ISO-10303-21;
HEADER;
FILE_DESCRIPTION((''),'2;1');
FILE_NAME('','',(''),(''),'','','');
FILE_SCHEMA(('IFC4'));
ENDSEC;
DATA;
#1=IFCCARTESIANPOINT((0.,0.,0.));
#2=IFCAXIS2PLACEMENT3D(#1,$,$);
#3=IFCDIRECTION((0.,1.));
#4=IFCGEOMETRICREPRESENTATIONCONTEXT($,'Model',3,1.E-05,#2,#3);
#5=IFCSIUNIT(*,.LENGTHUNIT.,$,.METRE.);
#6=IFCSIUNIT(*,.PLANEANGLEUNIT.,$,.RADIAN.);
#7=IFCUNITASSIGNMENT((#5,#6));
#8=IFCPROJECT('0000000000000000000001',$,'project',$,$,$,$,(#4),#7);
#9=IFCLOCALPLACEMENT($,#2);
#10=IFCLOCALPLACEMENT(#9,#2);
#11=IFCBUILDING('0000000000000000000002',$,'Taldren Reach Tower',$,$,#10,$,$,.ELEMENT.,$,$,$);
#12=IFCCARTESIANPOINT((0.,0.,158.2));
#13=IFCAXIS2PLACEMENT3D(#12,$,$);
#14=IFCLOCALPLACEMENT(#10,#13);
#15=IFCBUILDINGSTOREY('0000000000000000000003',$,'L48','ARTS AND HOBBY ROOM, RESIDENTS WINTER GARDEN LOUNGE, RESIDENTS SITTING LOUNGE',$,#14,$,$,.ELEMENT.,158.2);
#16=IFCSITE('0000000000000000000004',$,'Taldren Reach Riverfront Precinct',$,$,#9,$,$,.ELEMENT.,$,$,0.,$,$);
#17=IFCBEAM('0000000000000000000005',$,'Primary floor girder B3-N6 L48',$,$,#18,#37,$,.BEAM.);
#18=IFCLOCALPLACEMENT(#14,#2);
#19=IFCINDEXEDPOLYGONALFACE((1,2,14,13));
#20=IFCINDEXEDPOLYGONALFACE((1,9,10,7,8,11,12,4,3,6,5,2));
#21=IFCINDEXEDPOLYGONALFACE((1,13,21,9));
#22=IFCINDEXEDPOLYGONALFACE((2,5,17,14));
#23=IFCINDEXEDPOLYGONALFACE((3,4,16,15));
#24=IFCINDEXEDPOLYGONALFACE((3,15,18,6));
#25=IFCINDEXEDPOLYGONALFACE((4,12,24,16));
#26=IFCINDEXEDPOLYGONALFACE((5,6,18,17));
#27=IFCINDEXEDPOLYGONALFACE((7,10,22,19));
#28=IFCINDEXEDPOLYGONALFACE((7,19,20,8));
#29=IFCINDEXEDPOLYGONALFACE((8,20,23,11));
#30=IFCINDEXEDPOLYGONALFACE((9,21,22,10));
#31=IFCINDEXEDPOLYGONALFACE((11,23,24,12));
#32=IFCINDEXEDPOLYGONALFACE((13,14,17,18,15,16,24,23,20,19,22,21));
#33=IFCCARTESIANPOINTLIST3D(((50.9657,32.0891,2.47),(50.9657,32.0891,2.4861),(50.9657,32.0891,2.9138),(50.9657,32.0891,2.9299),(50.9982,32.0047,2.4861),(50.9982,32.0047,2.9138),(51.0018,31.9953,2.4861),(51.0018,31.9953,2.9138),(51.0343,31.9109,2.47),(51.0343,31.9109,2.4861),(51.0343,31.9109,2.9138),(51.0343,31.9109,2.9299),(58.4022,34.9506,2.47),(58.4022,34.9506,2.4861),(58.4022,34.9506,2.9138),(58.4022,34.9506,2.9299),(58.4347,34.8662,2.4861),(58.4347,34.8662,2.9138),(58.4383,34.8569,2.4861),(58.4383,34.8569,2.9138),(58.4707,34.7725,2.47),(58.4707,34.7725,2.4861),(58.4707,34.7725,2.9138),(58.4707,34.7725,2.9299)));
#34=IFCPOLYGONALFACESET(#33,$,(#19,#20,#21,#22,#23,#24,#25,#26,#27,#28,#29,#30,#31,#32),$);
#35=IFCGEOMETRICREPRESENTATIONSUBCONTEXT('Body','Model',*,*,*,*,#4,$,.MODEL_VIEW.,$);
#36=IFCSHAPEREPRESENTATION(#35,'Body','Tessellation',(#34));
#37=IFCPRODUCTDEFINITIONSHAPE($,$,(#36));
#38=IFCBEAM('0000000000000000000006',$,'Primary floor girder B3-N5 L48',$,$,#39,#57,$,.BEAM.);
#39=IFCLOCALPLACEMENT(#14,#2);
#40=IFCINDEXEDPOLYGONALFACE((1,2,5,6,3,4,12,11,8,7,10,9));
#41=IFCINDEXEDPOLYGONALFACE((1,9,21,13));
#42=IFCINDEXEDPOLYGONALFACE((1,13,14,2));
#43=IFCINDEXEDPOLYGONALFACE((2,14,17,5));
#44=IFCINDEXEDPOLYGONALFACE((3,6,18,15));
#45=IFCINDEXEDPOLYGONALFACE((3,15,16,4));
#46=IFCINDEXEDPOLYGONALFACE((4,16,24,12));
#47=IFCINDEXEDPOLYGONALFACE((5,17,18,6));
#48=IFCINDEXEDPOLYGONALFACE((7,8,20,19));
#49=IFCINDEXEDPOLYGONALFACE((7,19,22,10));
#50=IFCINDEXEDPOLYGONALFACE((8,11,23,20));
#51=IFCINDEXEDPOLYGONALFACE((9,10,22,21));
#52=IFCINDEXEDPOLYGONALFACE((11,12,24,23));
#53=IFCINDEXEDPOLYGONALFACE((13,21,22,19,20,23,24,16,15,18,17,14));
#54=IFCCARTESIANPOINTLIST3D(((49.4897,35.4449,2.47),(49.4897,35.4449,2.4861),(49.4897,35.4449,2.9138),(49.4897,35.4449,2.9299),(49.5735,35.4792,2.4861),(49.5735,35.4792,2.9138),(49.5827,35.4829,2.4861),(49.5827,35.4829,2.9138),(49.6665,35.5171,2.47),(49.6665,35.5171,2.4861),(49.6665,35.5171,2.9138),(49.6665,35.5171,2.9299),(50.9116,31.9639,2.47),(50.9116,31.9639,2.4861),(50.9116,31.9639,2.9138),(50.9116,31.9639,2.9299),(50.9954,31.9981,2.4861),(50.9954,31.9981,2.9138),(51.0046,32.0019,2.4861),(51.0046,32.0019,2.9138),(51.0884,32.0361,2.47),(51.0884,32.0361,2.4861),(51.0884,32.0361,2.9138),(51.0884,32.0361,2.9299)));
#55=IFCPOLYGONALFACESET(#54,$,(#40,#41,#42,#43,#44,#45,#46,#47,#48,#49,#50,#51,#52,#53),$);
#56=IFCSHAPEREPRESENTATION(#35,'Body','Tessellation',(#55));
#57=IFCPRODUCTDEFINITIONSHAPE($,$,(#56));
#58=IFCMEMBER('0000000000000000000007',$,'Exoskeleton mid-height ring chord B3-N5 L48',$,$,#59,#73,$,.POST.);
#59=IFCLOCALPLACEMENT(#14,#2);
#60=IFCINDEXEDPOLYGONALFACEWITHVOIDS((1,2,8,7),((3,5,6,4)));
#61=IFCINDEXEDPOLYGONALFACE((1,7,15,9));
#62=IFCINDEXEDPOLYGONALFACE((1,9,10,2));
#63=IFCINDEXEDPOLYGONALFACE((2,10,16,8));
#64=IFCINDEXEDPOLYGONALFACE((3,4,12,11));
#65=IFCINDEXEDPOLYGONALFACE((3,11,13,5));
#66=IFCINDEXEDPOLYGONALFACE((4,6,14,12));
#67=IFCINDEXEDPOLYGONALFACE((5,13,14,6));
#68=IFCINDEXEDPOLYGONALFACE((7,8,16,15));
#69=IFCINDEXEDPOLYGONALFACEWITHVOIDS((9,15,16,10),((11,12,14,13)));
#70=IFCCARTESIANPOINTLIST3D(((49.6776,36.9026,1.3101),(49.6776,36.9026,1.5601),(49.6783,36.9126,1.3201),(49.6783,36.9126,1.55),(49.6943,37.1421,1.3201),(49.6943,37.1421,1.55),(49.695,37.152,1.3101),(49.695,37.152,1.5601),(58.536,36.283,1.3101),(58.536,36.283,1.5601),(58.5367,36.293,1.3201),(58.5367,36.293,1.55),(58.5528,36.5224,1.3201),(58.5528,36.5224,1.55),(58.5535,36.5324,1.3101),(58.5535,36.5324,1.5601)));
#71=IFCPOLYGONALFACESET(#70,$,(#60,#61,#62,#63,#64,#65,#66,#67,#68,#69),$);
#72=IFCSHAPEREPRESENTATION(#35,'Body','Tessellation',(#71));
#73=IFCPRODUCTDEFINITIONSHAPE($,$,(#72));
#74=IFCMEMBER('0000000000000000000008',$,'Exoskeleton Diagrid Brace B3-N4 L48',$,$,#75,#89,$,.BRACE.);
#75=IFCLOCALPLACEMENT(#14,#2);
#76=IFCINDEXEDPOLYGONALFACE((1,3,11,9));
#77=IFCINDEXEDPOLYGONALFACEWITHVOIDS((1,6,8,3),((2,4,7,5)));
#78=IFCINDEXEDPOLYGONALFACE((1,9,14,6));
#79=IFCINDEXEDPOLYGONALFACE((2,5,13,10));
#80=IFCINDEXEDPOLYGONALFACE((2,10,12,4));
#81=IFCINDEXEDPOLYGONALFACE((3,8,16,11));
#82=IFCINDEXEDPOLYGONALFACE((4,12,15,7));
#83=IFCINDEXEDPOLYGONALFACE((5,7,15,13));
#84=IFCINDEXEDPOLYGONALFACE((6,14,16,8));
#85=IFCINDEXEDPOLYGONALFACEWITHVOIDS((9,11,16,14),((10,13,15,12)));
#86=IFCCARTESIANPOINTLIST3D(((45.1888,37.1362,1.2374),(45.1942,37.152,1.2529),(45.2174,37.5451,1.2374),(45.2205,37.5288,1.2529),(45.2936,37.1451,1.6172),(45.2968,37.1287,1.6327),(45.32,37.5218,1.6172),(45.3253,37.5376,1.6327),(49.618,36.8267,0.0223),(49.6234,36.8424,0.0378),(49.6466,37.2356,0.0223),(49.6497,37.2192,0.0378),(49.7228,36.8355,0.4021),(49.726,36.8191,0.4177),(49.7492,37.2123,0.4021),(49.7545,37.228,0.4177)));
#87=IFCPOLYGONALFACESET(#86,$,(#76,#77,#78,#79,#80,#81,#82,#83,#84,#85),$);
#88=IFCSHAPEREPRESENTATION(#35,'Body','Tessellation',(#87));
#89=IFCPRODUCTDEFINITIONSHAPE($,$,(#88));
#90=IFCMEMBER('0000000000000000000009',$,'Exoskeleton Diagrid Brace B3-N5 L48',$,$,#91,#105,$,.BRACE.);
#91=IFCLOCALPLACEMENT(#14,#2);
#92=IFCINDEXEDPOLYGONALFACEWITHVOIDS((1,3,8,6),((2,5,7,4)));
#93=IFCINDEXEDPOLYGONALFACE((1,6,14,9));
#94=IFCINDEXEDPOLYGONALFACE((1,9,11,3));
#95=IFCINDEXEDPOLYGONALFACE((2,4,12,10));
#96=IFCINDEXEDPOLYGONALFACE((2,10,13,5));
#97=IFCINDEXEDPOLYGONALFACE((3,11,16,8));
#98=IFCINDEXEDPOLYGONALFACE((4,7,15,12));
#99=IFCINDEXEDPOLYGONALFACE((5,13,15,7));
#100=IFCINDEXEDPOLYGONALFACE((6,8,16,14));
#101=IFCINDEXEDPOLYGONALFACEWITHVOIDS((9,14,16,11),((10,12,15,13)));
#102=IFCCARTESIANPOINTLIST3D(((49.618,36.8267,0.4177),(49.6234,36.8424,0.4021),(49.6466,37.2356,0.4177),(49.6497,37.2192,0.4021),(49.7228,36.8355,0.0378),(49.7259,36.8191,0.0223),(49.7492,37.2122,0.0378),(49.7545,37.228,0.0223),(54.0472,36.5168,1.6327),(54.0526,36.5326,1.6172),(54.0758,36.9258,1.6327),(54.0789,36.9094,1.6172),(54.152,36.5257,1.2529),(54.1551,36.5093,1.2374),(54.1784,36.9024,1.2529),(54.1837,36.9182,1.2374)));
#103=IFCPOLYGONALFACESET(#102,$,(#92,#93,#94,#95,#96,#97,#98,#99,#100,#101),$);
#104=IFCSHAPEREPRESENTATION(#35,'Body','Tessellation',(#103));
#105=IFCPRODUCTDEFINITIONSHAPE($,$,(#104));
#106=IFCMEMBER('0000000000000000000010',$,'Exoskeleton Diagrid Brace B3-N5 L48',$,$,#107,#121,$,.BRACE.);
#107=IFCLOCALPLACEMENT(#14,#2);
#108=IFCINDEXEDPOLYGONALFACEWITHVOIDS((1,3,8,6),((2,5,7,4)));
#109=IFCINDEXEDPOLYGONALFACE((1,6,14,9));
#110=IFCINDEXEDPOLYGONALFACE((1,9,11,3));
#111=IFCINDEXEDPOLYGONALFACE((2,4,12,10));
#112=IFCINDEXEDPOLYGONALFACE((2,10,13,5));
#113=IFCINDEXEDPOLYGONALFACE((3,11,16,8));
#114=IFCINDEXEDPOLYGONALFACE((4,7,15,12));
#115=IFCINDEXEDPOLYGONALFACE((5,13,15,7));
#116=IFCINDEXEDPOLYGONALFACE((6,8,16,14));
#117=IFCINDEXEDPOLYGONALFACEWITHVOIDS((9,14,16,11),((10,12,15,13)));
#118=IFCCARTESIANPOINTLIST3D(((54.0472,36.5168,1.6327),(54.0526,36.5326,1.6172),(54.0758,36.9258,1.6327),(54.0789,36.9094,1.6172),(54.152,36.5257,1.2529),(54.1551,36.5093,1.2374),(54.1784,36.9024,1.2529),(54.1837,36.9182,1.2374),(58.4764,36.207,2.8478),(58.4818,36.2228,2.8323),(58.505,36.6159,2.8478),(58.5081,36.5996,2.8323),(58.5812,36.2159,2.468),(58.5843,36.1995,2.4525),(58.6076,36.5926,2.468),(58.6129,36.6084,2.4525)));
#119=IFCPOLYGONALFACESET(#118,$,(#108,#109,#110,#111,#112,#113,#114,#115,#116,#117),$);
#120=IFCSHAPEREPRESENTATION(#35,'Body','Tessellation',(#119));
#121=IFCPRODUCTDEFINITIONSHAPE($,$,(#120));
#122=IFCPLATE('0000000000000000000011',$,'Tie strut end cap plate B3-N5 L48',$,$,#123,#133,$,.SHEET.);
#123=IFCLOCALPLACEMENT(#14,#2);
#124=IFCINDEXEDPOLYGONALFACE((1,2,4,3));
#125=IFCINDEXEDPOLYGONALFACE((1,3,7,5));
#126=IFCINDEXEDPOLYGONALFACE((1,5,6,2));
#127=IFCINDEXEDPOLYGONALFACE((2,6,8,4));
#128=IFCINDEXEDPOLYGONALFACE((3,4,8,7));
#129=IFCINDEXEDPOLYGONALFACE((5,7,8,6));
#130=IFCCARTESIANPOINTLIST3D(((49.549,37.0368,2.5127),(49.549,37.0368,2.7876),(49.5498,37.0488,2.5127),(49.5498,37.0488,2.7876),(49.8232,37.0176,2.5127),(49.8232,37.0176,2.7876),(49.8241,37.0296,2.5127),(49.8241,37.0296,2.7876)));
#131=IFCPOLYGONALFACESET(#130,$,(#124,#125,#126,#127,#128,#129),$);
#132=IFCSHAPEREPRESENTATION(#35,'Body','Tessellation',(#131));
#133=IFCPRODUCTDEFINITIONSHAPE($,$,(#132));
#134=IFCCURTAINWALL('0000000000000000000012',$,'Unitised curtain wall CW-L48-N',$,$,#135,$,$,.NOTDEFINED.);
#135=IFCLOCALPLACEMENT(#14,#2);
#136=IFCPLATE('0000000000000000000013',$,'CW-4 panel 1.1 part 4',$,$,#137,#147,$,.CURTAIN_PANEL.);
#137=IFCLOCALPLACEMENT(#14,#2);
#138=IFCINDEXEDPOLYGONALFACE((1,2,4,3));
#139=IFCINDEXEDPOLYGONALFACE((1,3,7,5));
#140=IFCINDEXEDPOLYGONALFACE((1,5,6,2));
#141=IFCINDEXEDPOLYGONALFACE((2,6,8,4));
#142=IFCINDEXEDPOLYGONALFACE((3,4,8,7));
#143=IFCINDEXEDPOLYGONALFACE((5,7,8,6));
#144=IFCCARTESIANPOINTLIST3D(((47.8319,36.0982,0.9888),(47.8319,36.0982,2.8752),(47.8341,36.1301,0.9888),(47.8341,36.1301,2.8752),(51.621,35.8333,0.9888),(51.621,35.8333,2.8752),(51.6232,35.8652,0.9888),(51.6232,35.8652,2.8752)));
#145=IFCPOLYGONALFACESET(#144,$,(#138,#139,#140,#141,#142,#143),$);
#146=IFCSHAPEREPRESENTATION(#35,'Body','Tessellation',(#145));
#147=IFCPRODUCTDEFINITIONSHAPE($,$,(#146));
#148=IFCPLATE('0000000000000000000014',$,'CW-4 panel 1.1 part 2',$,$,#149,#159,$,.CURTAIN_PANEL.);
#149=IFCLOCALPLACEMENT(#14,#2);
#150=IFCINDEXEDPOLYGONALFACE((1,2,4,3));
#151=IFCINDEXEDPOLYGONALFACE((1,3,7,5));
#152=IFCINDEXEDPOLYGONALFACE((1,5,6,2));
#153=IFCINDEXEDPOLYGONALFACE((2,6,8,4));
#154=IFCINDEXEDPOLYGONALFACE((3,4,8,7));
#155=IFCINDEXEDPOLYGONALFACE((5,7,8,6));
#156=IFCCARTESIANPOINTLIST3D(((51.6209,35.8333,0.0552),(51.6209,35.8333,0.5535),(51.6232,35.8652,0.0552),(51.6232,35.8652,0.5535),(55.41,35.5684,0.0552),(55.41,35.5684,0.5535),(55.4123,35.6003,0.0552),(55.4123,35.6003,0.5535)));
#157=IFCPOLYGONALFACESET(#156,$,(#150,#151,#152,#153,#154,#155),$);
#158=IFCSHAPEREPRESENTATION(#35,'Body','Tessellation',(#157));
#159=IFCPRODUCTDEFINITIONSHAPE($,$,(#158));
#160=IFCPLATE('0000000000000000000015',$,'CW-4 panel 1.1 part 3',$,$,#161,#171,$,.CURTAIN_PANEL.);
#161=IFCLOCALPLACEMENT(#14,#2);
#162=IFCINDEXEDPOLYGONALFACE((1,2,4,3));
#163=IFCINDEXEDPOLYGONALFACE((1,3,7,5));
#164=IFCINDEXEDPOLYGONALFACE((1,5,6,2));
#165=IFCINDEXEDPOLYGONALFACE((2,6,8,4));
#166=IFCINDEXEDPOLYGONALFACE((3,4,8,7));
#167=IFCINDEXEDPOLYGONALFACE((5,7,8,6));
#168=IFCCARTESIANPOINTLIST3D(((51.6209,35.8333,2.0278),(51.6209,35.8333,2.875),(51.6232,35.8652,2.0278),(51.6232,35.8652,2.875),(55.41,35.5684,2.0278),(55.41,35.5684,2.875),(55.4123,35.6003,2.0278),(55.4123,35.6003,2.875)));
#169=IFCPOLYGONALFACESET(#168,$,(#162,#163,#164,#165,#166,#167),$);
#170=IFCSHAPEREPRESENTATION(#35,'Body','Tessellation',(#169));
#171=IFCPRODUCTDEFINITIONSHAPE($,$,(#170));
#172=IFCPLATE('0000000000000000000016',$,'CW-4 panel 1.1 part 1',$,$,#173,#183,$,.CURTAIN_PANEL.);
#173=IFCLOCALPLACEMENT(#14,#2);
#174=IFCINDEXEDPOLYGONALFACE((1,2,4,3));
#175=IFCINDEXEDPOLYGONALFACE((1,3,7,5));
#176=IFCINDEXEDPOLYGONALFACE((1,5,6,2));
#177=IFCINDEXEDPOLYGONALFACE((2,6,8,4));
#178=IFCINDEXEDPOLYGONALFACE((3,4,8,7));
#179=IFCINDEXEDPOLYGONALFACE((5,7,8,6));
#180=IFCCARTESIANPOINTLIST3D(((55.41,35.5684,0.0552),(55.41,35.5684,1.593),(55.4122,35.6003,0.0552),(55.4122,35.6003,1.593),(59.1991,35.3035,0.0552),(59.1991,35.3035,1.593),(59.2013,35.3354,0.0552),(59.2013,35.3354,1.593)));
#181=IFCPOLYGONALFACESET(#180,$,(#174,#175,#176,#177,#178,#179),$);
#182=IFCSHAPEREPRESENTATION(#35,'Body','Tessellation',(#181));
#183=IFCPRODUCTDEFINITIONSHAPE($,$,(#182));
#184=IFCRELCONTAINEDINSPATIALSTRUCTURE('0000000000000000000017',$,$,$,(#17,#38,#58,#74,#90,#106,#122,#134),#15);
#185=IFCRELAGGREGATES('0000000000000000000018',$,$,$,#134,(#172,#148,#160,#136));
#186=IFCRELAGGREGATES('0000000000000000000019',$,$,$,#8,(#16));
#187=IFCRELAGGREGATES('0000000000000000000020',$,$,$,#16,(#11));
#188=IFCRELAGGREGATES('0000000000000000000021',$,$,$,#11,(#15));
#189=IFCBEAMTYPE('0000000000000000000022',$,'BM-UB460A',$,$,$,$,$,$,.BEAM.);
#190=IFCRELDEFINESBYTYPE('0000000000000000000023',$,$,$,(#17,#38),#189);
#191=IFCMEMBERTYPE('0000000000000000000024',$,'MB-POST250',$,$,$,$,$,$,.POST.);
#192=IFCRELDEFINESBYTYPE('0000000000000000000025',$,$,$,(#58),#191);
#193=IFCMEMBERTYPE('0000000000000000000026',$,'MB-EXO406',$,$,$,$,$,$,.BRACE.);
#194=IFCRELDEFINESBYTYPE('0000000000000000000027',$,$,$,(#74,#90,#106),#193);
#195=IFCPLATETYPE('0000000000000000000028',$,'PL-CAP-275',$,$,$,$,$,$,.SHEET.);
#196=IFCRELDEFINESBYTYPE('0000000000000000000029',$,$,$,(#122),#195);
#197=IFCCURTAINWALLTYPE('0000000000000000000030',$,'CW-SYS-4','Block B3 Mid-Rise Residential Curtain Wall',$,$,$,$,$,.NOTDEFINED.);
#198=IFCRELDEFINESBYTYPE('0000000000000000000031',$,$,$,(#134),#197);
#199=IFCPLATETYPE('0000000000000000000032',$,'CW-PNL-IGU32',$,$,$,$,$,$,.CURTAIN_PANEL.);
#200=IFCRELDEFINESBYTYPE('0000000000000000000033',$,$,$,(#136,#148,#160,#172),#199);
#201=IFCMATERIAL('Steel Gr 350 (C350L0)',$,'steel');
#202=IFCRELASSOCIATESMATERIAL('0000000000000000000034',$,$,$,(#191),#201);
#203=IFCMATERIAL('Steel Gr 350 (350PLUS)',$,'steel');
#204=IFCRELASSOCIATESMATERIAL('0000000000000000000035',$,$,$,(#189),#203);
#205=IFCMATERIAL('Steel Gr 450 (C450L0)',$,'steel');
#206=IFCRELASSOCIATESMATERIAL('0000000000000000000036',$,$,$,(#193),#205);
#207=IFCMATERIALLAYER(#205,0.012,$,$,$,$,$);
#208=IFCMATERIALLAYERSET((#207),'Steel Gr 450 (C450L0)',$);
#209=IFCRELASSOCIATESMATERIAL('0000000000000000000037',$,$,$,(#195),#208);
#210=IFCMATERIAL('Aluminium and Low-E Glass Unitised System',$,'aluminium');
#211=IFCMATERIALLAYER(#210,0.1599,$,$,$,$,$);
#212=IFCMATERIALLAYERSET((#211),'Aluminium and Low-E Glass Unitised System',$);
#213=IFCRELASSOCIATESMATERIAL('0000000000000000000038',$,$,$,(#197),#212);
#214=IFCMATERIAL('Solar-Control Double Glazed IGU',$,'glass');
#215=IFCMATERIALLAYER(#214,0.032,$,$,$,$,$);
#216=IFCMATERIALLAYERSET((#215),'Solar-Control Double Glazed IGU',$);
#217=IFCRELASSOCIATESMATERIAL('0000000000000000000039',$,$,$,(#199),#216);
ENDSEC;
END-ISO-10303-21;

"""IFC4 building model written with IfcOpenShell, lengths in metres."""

from ifc_helpers import new_model, si_unit, direction, frame, origin, origin_2d, place, context, subcontext, project, spatial, rectangle, hollow_rectangle, i_section, extrude, source, transform, mapped, material, layer, layer_set, material_profile, profile_set, type_object, element, aggregate, save


model = new_model("IFC4")

# Units and contexts
model_context = context("Model", 3, precision=1e-05, world=origin(), true_north=direction((0.0, 1.0)))
body_context = subcontext(model_context, "Body", "Model", "MODEL_VIEW")
ifc_project = project(units=[si_unit("LENGTHUNIT", "METRE"), si_unit("PLANEANGLEUNIT", "RADIAN")], contexts=[model_context])

# Site, building, storey
site_placement = place(None, origin())
site = spatial("IfcSite", under=ifc_project, at=site_placement, Name="Taldren Reach Riverfront Precinct", CompositionType="ELEMENT", RefElevation=0.0)
building_placement = place(site_placement, origin())
building = spatial("IfcBuilding", under=site, at=building_placement, Name="Taldren Reach Tower", CompositionType="ELEMENT")
storey_placement = place(building_placement, frame((0.0, 0.0, 158.2)))
storey = spatial("IfcBuildingStorey", under=building, at=storey_placement, Name="L48", Description="ARTS AND HOBBY ROOM, RESIDENTS WINTER GARDEN LOUNGE, RESIDENTS SITTING LOUNGE", CompositionType="ELEMENT", Elevation=158.2)

# Shared definitions
ifc_material_1 = material(Name="Steel Gr 450 (C450L0)", Category="steel")
ifc_material_2 = material(Name="Steel Gr 350 (350PLUS)", Category="steel")

# Shared definitions
ifc_material_3 = material(Name="Steel Gr 350 (C350L0)", Category="steel")
ifc_material_profile_1 = material_profile(ifc_material_3, hollow_rectangle(XDim=0.25, YDim=0.25, WallThickness=0.01, at=origin_2d()), Name="250x250x10.0SHS")
ifc_profile_set_1 = profile_set([ifc_material_profile_1], Name="Steel Gr 350 (C350L0)")
member_type_1 = type_object("IfcMemberType", Name="MB-POST250", PredefinedType="POST", material=ifc_profile_set_1)

# Beams
ifc_material_profile_2 = material_profile(ifc_material_2, i_section(OverallWidth=0.1909, OverallDepth=0.46, WebThickness=0.01, FlangeThickness=0.0161, at=origin_2d()), Name="460UB82.1")
ifc_profile_set_2 = profile_set([ifc_material_profile_2], Name="Steel Gr 350 (350PLUS)")
beam_type_1 = type_object("IfcBeamType", Name="BM-UB460A", PredefinedType="BEAM", material=ifc_profile_set_2)
shared_shape_1 = source(origin(), body_context, "Body", "SweptSolid", [
    extrude(i_section(OverallWidth=0.1909, OverallDepth=0.46, WebThickness=0.01, FlangeThickness=0.0161, at=origin_2d()), origin(), (0.0, 0.0, 1.0), 7.968),
])
beam_1_placement = place(storey_placement, frame((51.0, 32.0, 2.7), z_axis=(0.933288, 0.359129, 0.0), x_axis=(-0.359129, 0.933288, 0.0)))
element("IfcBeam", 1, at=beam_1_placement, inside=storey, type_object=beam_type_1, Name="Primary floor girder B3-N6 L48", PredefinedType="BEAM", context=body_context, shape_type="MappedRepresentation", body=[
    mapped(shared_shape_1, transform((0.0, 0.0, 0.0), scale=1.0)),
])
shared_shape_2 = source(origin(), body_context, "Body", "SweptSolid", [
    extrude(i_section(OverallWidth=0.1909, OverallDepth=0.46, WebThickness=0.01, FlangeThickness=0.0161, at=origin_2d()), origin(), (0.0, 0.0, 1.0), 3.7603),
])
beam_2_placement = place(storey_placement, frame((51.0, 32.0, 2.7), z_axis=(-0.378142, 0.925747, 0.0), x_axis=(-0.925747, -0.378142, 0.0)))
element("IfcBeam", 2, at=beam_2_placement, inside=storey, type_object=beam_type_1, Name="Primary floor girder B3-N5 L48", PredefinedType="BEAM", context=body_context, shape_type="MappedRepresentation", body=[
    mapped(shared_shape_2, transform((0.0, 0.0, 0.0), scale=1.0)),
])

# Members
shared_shape_3 = source(origin(), body_context, "Body", "SweptSolid", [
    extrude(hollow_rectangle(XDim=0.25, YDim=0.25, WallThickness=0.01, at=origin_2d()), origin(), (0.0, 0.0, 1.0), 8.8801),
])
member_1_placement = place(storey_placement, frame((49.6863, 37.0273, 1.4351), z_axis=(0.997563, -0.069778, 0.0), x_axis=(0.069778, 0.997563, 0.0)))
element("IfcMember", 3, at=member_1_placement, inside=storey, type_object=member_type_1, Name="Exoskeleton mid-height ring chord B3-N5 L48", PredefinedType="POST", context=body_context, shape_type="MappedRepresentation", body=[
    mapped(shared_shape_3, transform((0.0, 0.0, 0.0), scale=1.0)),
])
ifc_material_profile_3 = material_profile(ifc_material_1, hollow_rectangle(XDim=0.4099, YDim=0.4099, WallThickness=0.0161, at=origin_2d()), Name="410x410x16.0SHS")
ifc_profile_set_3 = profile_set([ifc_material_profile_3], Name="Steel Gr 450 (C450L0)")
member_type_2 = type_object("IfcMemberType", Name="MB-EXO406", PredefinedType="BRACE", material=ifc_profile_set_3)
shared_shape_4 = source(origin(), body_context, "Body", "SweptSolid", [
    extrude(hollow_rectangle(XDim=0.4099, YDim=0.4099, WallThickness=0.0161, at=origin_2d()), origin(), (0.0, 0.0, 1.0), 4.6033),
])
for number, where, z_axis, x_axis, name in (
    (4, (49.6863, 37.0273, 0.22), (-0.962186, 0.06725, 0.263962), (-0.069723, -0.997566, 0.0), "Exoskeleton Diagrid Brace B3-N4 L48"),
    (5, (49.6863, 37.0273, 0.22), (0.962182, -0.067303, 0.263961), (0.069778, 0.997563, 0.0), "Exoskeleton Diagrid Brace B3-N5 L48"),
    (6, (54.1155, 36.7175, 1.4351), (0.962182, -0.067303, 0.263961), (0.069778, 0.997563, 0.0), "Exoskeleton Diagrid Brace B3-N5 L48"),
):
    element("IfcMember", number, at=place(storey_placement, frame(where, z_axis=z_axis, x_axis=x_axis)), inside=storey, type_object=member_type_2, Name=name, PredefinedType="BRACE", context=body_context, shape_type="MappedRepresentation", body=[
        mapped(shared_shape_4, transform((0.0, 0.0, 0.0), scale=1.0)),
    ])

# Plate
ifc_layer_1 = layer(ifc_material_1, 0.012)
ifc_layer_set_1 = layer_set([ifc_layer_1], Name="Steel Gr 450 (C450L0)")
plate_type_1 = type_object("IfcPlateType", Name="PL-CAP-275", PredefinedType="SHEET", material=ifc_layer_set_1)
shared_shape_5 = source(origin(), body_context, "Body", "SweptSolid", [
    extrude(rectangle(XDim=0.2749, YDim=0.012, at=origin_2d()), origin(), (0.0, 0.0, 1.0), 0.2749),
])
plate_1_placement = place(storey_placement, frame((49.6865, 37.0332, 2.5127), z_axis=(0.0, 0.0, 1.0), x_axis=(0.997564, -0.069756, 0.0)))
element("IfcPlate", 7, at=plate_1_placement, inside=storey, type_object=plate_type_1, Name="Tie strut end cap plate B3-N5 L48", PredefinedType="SHEET", context=body_context, shape_type="MappedRepresentation", body=[
    mapped(shared_shape_5, transform((0.0, 0.0, 0.0), scale=1.0)),
])

# Curtain wall, plates
ifc_material_4 = material(Name="Aluminium and Low-E Glass Unitised System", Category="aluminium")
ifc_layer_2 = layer(ifc_material_4, 0.1599)
ifc_layer_set_2 = layer_set([ifc_layer_2], Name="Aluminium and Low-E Glass Unitised System")
curtain_wall_type = type_object("IfcCurtainWallType", Name="CW-SYS-4", Description="Block B3 Mid-Rise Residential Curtain Wall", PredefinedType="NOTDEFINED", material=ifc_layer_set_2)
curtain_wall_placement = place(storey_placement, origin())
curtain_wall = element("IfcCurtainWall", 8, at=curtain_wall_placement, inside=storey, type_object=curtain_wall_type, Name="Unitised curtain wall CW-L48-N", PredefinedType="NOTDEFINED")
ifc_material_5 = material(Name="Solar-Control Double Glazed IGU", Category="glass")
ifc_layer_3 = layer(ifc_material_5, 0.032)
ifc_layer_set_3 = layer_set([ifc_layer_3], Name="Solar-Control Double Glazed IGU")
plate_type_2 = type_object("IfcPlateType", Name="CW-PNL-IGU32", PredefinedType="CURTAIN_PANEL", material=ifc_layer_set_3)
shared_shape_6 = source(origin(), body_context, "Body", "SweptSolid", [
    extrude(rectangle(XDim=3.7983, YDim=0.032, at=origin_2d()), origin(), (0.0, 0.0, 1.0), 1.8865),
])
plate_2_placement = place(storey_placement, frame((49.7275, 35.9817, 0.9888), z_axis=(0.0, 0.0, 1.0), x_axis=(-0.997564, 0.069757, 0.0)))
plate_2 = element("IfcPlate", 9, at=plate_2_placement, type_object=plate_type_2, Name="CW-4 panel 1.1 part 4", PredefinedType="CURTAIN_PANEL", context=body_context, shape_type="MappedRepresentation", body=[
    mapped(shared_shape_6, transform((0.0, 0.0, 0.0), scale=1.0)),
])
shared_shape_7 = source(origin(), body_context, "Body", "SweptSolid", [
    extrude(rectangle(XDim=3.7983, YDim=0.032, at=origin_2d()), origin(), (0.0, 0.0, 1.0), 0.4983),
])
plate_3_placement = place(storey_placement, frame((53.5166, 35.7168, 0.0552), z_axis=(0.0, 0.0, 1.0), x_axis=(-0.997564, 0.069757, 0.0)))
plate_3 = element("IfcPlate", 10, at=plate_3_placement, type_object=plate_type_2, Name="CW-4 panel 1.1 part 2", PredefinedType="CURTAIN_PANEL", context=body_context, shape_type="MappedRepresentation", body=[
    mapped(shared_shape_7, transform((0.0, 0.0, 0.0), scale=1.0)),
])
shared_shape_8 = source(origin(), body_context, "Body", "SweptSolid", [
    extrude(rectangle(XDim=3.7983, YDim=0.032, at=origin_2d()), origin(), (0.0, 0.0, 1.0), 0.8472),
])
plate_4_placement = place(storey_placement, frame((53.5166, 35.7168, 2.0278), z_axis=(0.0, 0.0, 1.0), x_axis=(-0.997564, 0.069757, 0.0)))
plate_4 = element("IfcPlate", 11, at=plate_4_placement, type_object=plate_type_2, Name="CW-4 panel 1.1 part 3", PredefinedType="CURTAIN_PANEL", context=body_context, shape_type="MappedRepresentation", body=[
    mapped(shared_shape_8, transform((0.0, 0.0, 0.0), scale=1.0)),
])
shared_shape_9 = source(origin(), body_context, "Body", "SweptSolid", [
    extrude(rectangle(XDim=3.7983, YDim=0.032, at=origin_2d()), origin(), (0.0, 0.0, 1.0), 1.5378),
])
plate_5_placement = place(storey_placement, frame((57.3057, 35.4519, 0.0552), z_axis=(0.0, 0.0, 1.0), x_axis=(-0.997564, 0.069757, 0.0)))
plate_5 = element("IfcPlate", 12, at=plate_5_placement, type_object=plate_type_2, Name="CW-4 panel 1.1 part 1", PredefinedType="CURTAIN_PANEL", context=body_context, shape_type="MappedRepresentation", body=[
    mapped(shared_shape_9, transform((0.0, 0.0, 0.0), scale=1.0)),
])
aggregate(curtain_wall, [plate_5, plate_3, plate_4, plate_2])

save(model, "model.ifc")
